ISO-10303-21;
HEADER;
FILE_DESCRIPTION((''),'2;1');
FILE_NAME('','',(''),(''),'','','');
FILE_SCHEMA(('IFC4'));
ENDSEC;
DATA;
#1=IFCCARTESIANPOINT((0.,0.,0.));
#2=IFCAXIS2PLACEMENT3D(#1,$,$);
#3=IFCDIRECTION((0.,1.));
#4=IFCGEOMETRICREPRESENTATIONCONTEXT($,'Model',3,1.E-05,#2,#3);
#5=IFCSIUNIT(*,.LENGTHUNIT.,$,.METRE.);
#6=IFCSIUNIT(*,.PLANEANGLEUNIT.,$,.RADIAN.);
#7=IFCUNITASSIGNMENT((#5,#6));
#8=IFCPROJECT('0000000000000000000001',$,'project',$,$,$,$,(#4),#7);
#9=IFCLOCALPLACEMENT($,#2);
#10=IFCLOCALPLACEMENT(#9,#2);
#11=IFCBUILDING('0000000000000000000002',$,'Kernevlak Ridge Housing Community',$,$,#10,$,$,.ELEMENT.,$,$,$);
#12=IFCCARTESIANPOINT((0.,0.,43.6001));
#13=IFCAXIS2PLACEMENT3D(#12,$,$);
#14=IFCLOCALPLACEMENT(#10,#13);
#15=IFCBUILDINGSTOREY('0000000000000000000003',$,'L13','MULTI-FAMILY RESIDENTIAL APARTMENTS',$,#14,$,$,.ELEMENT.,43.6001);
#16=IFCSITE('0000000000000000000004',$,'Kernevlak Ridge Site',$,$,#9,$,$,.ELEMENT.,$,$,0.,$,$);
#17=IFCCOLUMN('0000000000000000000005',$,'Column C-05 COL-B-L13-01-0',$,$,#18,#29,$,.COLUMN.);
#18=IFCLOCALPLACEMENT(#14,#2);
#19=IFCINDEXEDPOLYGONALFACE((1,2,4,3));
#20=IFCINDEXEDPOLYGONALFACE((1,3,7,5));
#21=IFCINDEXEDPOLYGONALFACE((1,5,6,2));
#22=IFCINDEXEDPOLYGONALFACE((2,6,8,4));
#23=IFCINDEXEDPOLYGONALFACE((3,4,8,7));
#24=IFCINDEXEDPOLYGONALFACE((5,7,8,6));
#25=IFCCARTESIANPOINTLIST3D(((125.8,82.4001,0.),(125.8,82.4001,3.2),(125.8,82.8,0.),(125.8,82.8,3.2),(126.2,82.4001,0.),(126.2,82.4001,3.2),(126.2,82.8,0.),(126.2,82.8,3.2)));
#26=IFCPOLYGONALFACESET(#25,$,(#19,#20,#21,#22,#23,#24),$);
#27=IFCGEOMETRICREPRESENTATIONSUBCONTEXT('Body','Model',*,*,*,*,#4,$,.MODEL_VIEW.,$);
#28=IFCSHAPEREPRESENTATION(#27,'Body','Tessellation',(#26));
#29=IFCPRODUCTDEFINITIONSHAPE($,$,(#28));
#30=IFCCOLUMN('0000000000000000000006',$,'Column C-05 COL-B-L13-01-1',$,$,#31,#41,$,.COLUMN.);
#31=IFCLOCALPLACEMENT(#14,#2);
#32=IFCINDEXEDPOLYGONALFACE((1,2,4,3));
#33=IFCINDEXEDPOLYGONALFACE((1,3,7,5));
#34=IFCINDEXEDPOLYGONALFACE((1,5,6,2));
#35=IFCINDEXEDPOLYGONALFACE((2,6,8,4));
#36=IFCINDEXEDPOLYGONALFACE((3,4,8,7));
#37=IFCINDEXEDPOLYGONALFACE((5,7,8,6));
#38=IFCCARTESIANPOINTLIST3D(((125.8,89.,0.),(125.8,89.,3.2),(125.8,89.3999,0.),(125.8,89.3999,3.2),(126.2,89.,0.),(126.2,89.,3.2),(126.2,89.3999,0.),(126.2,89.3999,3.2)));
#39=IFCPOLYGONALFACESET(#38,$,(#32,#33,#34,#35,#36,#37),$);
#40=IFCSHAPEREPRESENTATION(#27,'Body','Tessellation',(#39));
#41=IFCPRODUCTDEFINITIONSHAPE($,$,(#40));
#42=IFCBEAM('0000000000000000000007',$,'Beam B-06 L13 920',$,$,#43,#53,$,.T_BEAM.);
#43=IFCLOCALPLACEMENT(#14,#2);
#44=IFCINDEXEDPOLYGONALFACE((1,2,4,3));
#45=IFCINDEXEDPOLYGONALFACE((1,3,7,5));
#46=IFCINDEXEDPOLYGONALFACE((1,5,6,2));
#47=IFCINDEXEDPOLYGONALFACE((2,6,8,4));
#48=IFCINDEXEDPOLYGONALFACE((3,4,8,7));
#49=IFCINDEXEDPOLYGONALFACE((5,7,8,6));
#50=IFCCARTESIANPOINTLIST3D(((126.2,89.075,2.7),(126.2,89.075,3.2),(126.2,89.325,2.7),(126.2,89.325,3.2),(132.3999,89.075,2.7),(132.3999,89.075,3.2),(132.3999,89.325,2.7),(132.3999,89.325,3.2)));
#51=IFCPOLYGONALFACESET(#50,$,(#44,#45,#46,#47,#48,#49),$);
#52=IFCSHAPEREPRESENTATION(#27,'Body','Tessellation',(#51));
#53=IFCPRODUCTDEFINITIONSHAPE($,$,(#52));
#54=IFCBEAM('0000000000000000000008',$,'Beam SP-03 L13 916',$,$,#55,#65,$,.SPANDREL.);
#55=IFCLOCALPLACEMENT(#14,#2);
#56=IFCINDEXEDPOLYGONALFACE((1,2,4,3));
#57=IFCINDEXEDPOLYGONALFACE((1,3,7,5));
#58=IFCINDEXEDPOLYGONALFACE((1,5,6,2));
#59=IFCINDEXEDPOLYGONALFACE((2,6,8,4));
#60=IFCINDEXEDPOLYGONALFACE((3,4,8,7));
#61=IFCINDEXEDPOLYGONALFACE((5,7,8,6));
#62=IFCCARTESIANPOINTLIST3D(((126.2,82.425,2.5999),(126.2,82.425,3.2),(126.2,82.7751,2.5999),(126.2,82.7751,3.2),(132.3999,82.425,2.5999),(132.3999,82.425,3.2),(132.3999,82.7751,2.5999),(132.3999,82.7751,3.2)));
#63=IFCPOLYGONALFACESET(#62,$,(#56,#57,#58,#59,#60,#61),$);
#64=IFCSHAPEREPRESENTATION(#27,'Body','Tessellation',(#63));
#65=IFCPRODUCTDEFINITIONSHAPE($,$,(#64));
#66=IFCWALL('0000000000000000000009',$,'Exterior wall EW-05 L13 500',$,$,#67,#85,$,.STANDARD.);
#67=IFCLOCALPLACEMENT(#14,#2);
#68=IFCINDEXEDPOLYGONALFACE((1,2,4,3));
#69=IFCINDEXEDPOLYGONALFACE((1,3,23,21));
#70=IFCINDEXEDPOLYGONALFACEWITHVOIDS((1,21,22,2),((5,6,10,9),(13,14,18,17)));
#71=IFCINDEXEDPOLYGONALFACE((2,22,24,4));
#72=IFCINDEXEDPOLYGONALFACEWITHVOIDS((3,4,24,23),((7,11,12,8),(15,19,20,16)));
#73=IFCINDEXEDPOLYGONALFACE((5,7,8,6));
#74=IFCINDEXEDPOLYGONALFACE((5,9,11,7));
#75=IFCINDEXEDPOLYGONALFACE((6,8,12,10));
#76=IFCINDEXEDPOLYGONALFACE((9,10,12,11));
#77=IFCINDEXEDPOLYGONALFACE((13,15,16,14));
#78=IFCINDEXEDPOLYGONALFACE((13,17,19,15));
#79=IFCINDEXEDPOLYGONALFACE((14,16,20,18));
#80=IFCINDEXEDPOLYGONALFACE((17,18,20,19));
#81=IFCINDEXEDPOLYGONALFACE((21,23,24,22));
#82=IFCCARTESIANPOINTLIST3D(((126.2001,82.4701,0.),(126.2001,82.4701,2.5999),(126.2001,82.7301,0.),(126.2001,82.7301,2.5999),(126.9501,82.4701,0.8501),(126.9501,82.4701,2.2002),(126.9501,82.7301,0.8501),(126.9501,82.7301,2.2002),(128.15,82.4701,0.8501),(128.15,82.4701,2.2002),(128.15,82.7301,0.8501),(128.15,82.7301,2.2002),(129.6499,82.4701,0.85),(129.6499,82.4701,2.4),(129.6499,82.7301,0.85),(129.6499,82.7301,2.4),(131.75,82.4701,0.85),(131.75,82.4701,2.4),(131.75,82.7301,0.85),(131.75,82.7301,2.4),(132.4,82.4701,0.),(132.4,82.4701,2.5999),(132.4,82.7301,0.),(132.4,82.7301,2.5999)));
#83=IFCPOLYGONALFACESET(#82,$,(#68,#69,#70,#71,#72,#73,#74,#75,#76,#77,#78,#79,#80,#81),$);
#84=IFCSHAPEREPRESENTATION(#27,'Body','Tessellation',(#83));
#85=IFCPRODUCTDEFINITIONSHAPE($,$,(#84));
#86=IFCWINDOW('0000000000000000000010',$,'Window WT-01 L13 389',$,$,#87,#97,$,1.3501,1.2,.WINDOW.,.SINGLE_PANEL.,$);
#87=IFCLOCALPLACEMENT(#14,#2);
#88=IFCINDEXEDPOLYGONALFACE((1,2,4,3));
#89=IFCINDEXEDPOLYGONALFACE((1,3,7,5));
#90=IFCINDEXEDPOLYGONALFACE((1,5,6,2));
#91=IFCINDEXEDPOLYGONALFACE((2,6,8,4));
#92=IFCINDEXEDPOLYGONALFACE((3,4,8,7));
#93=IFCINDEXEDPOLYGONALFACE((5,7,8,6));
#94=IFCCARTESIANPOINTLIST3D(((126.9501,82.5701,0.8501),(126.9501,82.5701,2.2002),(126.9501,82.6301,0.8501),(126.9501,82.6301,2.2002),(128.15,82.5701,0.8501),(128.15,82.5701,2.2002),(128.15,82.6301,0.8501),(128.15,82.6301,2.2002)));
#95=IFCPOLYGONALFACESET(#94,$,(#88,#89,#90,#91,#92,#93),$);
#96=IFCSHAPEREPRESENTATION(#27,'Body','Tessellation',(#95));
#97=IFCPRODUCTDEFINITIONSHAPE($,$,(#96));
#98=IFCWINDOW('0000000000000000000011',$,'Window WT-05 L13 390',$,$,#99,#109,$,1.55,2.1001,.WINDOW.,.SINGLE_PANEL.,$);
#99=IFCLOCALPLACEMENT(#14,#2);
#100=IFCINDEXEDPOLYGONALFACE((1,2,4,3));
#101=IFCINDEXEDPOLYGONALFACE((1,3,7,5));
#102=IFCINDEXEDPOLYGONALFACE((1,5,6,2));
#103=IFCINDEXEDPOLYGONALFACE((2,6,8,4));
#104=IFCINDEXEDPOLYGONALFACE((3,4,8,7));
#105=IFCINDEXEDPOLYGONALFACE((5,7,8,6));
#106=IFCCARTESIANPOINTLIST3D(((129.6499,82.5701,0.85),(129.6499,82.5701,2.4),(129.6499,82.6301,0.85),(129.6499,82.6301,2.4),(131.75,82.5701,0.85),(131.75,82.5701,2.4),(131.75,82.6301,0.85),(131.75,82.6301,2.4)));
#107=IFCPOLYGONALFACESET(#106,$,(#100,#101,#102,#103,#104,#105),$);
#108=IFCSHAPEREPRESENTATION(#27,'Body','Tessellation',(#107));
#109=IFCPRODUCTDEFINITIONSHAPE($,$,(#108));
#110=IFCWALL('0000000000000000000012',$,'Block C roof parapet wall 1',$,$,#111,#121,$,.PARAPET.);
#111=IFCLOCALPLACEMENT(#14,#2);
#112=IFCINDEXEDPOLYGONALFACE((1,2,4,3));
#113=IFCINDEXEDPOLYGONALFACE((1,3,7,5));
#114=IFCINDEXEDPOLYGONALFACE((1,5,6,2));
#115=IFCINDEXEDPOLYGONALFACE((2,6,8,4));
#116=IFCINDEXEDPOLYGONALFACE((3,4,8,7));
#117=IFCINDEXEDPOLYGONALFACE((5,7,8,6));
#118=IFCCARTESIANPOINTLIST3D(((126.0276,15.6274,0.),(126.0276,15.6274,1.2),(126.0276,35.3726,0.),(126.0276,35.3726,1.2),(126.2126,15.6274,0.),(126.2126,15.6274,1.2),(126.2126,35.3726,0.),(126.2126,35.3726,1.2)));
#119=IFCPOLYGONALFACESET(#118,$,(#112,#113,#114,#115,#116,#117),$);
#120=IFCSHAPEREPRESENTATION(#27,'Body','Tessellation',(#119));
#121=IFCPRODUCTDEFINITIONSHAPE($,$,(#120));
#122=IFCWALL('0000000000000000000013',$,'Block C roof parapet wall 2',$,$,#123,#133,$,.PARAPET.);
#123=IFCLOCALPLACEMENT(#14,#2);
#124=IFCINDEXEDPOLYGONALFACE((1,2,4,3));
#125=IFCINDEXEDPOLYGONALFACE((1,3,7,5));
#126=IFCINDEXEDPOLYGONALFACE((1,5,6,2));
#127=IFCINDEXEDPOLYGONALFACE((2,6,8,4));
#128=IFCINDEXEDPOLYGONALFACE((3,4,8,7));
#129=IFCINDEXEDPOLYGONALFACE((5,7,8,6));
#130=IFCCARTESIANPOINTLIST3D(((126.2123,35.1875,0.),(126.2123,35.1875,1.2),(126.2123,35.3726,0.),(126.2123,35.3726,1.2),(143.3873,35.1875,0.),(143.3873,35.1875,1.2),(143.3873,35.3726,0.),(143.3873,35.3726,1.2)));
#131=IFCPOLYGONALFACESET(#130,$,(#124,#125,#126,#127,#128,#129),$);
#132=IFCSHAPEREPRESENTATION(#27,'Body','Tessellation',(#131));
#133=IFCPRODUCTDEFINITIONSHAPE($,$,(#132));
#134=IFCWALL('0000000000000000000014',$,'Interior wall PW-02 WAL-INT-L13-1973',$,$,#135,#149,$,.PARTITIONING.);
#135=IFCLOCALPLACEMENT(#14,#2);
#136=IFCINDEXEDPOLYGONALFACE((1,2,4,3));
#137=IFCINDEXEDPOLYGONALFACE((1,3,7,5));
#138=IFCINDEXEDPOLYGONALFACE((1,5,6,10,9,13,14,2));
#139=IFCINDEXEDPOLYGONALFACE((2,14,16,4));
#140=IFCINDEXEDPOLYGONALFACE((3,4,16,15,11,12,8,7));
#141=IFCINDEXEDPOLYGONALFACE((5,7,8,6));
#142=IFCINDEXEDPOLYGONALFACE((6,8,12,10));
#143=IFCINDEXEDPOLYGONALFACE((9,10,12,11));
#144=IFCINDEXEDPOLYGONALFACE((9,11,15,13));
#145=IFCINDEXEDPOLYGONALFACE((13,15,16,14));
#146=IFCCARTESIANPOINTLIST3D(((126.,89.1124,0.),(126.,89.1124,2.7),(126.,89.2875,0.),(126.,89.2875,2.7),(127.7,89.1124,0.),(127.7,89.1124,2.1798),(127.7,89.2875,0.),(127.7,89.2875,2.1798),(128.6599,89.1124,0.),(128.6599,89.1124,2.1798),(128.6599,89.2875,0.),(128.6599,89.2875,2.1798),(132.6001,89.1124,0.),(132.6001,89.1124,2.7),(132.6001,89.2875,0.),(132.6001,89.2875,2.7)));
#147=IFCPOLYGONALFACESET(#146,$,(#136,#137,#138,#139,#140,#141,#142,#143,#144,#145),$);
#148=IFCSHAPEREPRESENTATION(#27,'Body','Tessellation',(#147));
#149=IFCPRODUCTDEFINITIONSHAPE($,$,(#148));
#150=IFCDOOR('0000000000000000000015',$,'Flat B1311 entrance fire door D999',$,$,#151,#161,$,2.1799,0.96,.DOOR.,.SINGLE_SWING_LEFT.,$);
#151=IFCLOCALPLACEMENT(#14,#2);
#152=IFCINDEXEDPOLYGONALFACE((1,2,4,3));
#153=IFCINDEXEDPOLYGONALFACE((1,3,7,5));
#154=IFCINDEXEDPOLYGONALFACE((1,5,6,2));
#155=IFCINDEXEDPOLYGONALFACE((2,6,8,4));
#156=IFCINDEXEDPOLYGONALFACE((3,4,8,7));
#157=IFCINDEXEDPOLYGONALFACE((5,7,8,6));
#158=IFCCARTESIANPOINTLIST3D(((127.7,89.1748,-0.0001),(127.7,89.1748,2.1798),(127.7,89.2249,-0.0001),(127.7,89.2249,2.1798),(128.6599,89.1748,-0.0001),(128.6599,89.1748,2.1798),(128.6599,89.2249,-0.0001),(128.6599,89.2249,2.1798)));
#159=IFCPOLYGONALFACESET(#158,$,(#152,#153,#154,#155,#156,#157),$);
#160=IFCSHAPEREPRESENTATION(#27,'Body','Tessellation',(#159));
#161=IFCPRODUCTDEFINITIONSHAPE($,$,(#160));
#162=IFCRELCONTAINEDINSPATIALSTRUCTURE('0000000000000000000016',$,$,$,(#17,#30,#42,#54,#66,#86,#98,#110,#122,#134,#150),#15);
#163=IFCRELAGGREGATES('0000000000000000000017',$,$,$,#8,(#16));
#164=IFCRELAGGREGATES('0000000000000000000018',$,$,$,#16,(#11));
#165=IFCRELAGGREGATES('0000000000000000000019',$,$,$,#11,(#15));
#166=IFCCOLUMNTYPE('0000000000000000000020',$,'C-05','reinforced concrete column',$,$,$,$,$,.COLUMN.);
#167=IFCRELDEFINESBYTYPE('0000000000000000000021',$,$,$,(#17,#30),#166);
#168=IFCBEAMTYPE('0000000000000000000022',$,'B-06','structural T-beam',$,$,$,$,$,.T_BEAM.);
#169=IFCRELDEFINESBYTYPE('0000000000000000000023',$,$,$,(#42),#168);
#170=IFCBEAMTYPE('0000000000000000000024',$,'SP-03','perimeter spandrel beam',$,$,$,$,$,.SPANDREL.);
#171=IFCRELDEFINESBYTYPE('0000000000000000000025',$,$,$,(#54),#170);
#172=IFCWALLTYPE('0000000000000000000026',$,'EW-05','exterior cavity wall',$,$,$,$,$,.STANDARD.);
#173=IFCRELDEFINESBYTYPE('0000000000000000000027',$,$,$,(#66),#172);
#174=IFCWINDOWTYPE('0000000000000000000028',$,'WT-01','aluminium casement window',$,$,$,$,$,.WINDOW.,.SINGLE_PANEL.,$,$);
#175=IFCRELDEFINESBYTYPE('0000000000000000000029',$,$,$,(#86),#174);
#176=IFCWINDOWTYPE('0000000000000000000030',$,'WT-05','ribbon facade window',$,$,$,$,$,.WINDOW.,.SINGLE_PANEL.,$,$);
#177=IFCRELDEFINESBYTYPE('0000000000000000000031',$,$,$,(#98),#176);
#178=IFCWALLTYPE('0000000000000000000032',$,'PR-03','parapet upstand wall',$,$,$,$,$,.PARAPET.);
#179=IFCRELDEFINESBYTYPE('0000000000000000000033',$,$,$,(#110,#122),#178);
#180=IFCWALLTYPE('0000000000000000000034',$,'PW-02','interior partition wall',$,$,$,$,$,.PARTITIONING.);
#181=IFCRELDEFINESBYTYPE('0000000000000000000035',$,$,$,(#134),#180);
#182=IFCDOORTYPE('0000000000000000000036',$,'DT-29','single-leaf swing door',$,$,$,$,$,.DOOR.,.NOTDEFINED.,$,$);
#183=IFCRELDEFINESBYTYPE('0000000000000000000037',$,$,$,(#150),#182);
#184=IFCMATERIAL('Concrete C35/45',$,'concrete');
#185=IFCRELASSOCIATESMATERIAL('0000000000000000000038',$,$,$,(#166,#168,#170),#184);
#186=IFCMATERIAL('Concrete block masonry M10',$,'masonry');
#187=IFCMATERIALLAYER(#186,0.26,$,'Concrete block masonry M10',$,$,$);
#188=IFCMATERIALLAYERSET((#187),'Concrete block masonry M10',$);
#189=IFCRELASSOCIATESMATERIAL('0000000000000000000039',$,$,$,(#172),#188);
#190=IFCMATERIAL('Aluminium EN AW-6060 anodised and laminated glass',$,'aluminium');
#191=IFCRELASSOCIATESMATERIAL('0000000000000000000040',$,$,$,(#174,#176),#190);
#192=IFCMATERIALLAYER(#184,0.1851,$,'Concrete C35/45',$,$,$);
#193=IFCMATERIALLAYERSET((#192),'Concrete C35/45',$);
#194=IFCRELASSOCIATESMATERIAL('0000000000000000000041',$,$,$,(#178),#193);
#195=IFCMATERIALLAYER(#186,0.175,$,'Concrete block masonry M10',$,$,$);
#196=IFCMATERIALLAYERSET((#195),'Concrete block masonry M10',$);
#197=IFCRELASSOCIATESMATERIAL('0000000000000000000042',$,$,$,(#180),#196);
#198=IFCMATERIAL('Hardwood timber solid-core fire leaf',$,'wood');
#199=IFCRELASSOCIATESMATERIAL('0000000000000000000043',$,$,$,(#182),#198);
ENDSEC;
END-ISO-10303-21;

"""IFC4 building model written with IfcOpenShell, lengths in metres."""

from ifc_helpers import new_model, si_unit, direction, frame, frame_2d, origin, origin_2d, place, context, subcontext, project, spatial, rectangle, extrude, material, layer, layer_set, material_profile, profile_set, type_object, element, fill, save


model = new_model("IFC4")

# Units and contexts
model_context = context("Model", 3, precision=1e-05, world=origin(), true_north=direction((0.0, 1.0)))
body_context = subcontext(model_context, "Body", "Model", "MODEL_VIEW")
ifc_project = project(units=[si_unit("LENGTHUNIT", "METRE"), si_unit("PLANEANGLEUNIT", "RADIAN")], contexts=[model_context])

# Site, building, storey
site_placement = place(None, origin())
site = spatial("IfcSite", under=ifc_project, at=site_placement, Name="Kernevlak Ridge Site", CompositionType="ELEMENT", RefElevation=0.0)
building_placement = place(site_placement, origin())
building = spatial("IfcBuilding", under=site, at=building_placement, Name="Kernevlak Ridge Housing Community", CompositionType="ELEMENT")
storey_placement = place(building_placement, frame((0.0, 0.0, 43.6001)))
storey = spatial("IfcBuildingStorey", under=building, at=storey_placement, Name="L13", Description="MULTI-FAMILY RESIDENTIAL APARTMENTS", CompositionType="ELEMENT", Elevation=43.6001)

# Columns
ifc_material_1 = material(Name="Concrete C35/45", Category="concrete")
ifc_material_profile_1 = material_profile(ifc_material_1, rectangle(XDim=0.3999, YDim=0.3999, at=origin_2d()), Name="RC 400x400")
ifc_profile_set_1 = profile_set([ifc_material_profile_1], Name="Concrete C35/45")
column_type = type_object("IfcColumnType", Name="C-05", Description="reinforced concrete column", PredefinedType="COLUMN", material=ifc_profile_set_1)
for number, where, z_axis, x_axis, name in (
    (1, (126.0, 82.6001, 0.0), (0.0, 0.0, 1.0), (1.0, 0.0, 0.0), "Column C-05 COL-B-L13-01-0"),
    (2, (126.0, 89.2, 0.0), (0.0, 0.0, 1.0), (1.0, 0.0, 0.0), "Column C-05 COL-B-L13-01-1"),
):
    element("IfcColumn", number, at=place(storey_placement, frame(where, z_axis=z_axis, x_axis=x_axis)), inside=storey, type_object=column_type, Name=name, PredefinedType="COLUMN", context=body_context, shape_type="SweptSolid", body=[
        extrude(rectangle(XDim=0.3999, YDim=0.3999, at=origin_2d()), origin(), (0.0, 0.0, 1.0), 3.2),
    ])

# Beams
ifc_material_profile_2 = material_profile(ifc_material_1, rectangle(XDim=0.25, YDim=0.5, at=origin_2d()), Name="RC 250x500")
ifc_profile_set_2 = profile_set([ifc_material_profile_2], Name="Concrete C35/45")
beam_type_1 = type_object("IfcBeamType", Name="B-06", Description="structural T-beam", PredefinedType="T_BEAM", material=ifc_profile_set_2)
beam_1_placement = place(storey_placement, frame((126.2, 89.2, 2.95), z_axis=(1.0, 0.0, 0.0), x_axis=(0.0, 1.0, 0.0)))
element("IfcBeam", 3, at=beam_1_placement, inside=storey, type_object=beam_type_1, Name="Beam B-06 L13 920", PredefinedType="T_BEAM", context=body_context, shape_type="SweptSolid", body=[
    extrude(rectangle(XDim=0.25, YDim=0.5, at=origin_2d()), origin(), (0.0, 0.0, 1.0), 6.2),
])
ifc_material_profile_3 = material_profile(ifc_material_1, rectangle(XDim=0.3501, YDim=0.6001, at=origin_2d()), Name="RC 350x600")
ifc_profile_set_3 = profile_set([ifc_material_profile_3], Name="Concrete C35/45")
beam_type_2 = type_object("IfcBeamType", Name="SP-03", Description="perimeter spandrel beam", PredefinedType="SPANDREL", material=ifc_profile_set_3)
beam_2_placement = place(storey_placement, frame((126.2, 82.6001, 2.8999), z_axis=(1.0, 0.0, 0.0), x_axis=(0.0, 1.0, 0.0)))
element("IfcBeam", 4, at=beam_2_placement, inside=storey, type_object=beam_type_2, Name="Beam SP-03 L13 916", PredefinedType="SPANDREL", context=body_context, shape_type="SweptSolid", body=[
    extrude(rectangle(XDim=0.3501, YDim=0.6001, at=origin_2d()), origin(), (0.0, 0.0, 1.0), 6.2),
])

# Wall, openings, windows
ifc_material_2 = material(Name="Concrete block masonry M10", Category="masonry")
ifc_layer_1 = layer(ifc_material_2, 0.26, Name="Concrete block masonry M10")
ifc_layer_set_1 = layer_set([ifc_layer_1], Name="Concrete block masonry M10")
wall_type_1 = type_object("IfcWallType", Name="EW-05", Description="exterior cavity wall", PredefinedType="STANDARD", material=ifc_layer_set_1)
wall_1_placement = place(storey_placement, frame((126.2, 82.6001, 0.0), z_axis=(0.0, 0.0, 1.0), x_axis=(1.0, 0.0, 0.0)))
wall_1 = element("IfcWall", 5, at=wall_1_placement, inside=storey, type_object=wall_type_1, Name="Exterior wall EW-05 L13 500", PredefinedType="STANDARD", context=body_context, shape_type="SweptSolid", body=[
    extrude(rectangle(XDim=6.2, YDim=0.26, at=frame_2d((3.1001, 0.0))), origin(), (0.0, 0.0, 1.0), 2.5999),
])
opening_1_placement = place(wall_1_placement, frame((0.75, 0.0, 0.8501)))
opening_1 = element("IfcOpeningElement", 6, at=opening_1_placement, cuts=wall_1, PredefinedType="OPENING", context=body_context, shape_type="SweptSolid", body=[
    extrude(rectangle(XDim=1.2, YDim=1.3501, at=frame_2d((0.6001, 0.675))), frame((0.0, 0.1399, 0.0), z_axis=(0.0, -1.0, 0.0), x_axis=(1.0, 0.0, 0.0)), (0.0, 0.0, 1.0), 0.28),
])
opening_2_placement = place(wall_1_placement, frame((3.45, 0.0, 0.8501)))
opening_2 = element("IfcOpeningElement", 7, at=opening_2_placement, cuts=wall_1, PredefinedType="OPENING", context=body_context, shape_type="SweptSolid", body=[
    extrude(rectangle(XDim=2.1001, YDim=1.55, at=frame_2d((1.05, 0.7749))), frame((0.0, 0.1399, 0.0), z_axis=(0.0, -1.0, 0.0), x_axis=(1.0, 0.0, 0.0)), (0.0, 0.0, 1.0), 0.28),
])
ifc_material_3 = material(Name="Aluminium EN AW-6060 anodised and laminated glass", Category="aluminium")
window_type_1 = type_object("IfcWindowType", Name="WT-01", Description="aluminium casement window", PartitioningType="SINGLE_PANEL", PredefinedType="WINDOW", material=ifc_material_3)
window_1_placement = place(opening_1_placement, origin())
window_1 = element("IfcWindow", 8, at=window_1_placement, inside=storey, type_object=window_type_1, Name="Window WT-01 L13 389", OverallHeight=1.3501, OverallWidth=1.2, PartitioningType="SINGLE_PANEL", PredefinedType="WINDOW", context=body_context, shape_type="SweptSolid", body=[
    extrude(rectangle(XDim=1.2, YDim=1.3501, at=frame_2d((0.6001, 0.675))), frame((0.0, 0.03, 0.0), z_axis=(0.0, -1.0, 0.0), x_axis=(1.0, 0.0, 0.0)), (0.0, 0.0, 1.0), 0.0601),
])
fill(opening_1, window_1)
window_type_2 = type_object("IfcWindowType", Name="WT-05", Description="ribbon facade window", PartitioningType="SINGLE_PANEL", PredefinedType="WINDOW", material=ifc_material_3)
window_2_placement = place(opening_2_placement, origin())
window_2 = element("IfcWindow", 9, at=window_2_placement, inside=storey, type_object=window_type_2, Name="Window WT-05 L13 390", OverallHeight=1.55, OverallWidth=2.1001, PartitioningType="SINGLE_PANEL", PredefinedType="WINDOW", context=body_context, shape_type="SweptSolid", body=[
    extrude(rectangle(XDim=2.1001, YDim=1.55, at=frame_2d((1.05, 0.7749))), frame((0.0, 0.03, 0.0), z_axis=(0.0, -1.0, 0.0), x_axis=(1.0, 0.0, 0.0)), (0.0, 0.0, 1.0), 0.0601),
])
fill(opening_2, window_2)

# Walls
ifc_layer_2 = layer(ifc_material_1, 0.1851, Name="Concrete C35/45")
ifc_layer_set_2 = layer_set([ifc_layer_2], Name="Concrete C35/45")
wall_type_2 = type_object("IfcWallType", Name="PR-03", Description="parapet upstand wall", PredefinedType="PARAPET", material=ifc_layer_set_2)
wall_2_placement = place(storey_placement, frame((126.1201, 15.6274, 0.0), z_axis=(0.0, 0.0, 1.0), x_axis=(0.0, 1.0, 0.0)))
element("IfcWall", 10, at=wall_2_placement, inside=storey, type_object=wall_type_2, Name="Block C roof parapet wall 1", PredefinedType="PARAPET", context=body_context, shape_type="SweptSolid", body=[
    extrude(rectangle(XDim=19.7451, YDim=0.1851, at=frame_2d((9.8726, 0.0))), origin(), (0.0, 0.0, 1.0), 1.2),
])
wall_3_placement = place(storey_placement, frame((126.2124, 35.28, 0.0), z_axis=(0.0, 0.0, 1.0), x_axis=(1.0, 0.0, 0.0)))
element("IfcWall", 11, at=wall_3_placement, inside=storey, type_object=wall_type_2, Name="Block C roof parapet wall 2", PredefinedType="PARAPET", context=body_context, shape_type="SweptSolid", body=[
    extrude(rectangle(XDim=17.175, YDim=0.1851, at=frame_2d((8.5874, 0.0))), origin(), (0.0, 0.0, 1.0), 1.2),
])

# Wall, opening, door
ifc_layer_3 = layer(ifc_material_2, 0.175, Name="Concrete block masonry M10")
ifc_layer_set_3 = layer_set([ifc_layer_3], Name="Concrete block masonry M10")
wall_type_3 = type_object("IfcWallType", Name="PW-02", Description="interior partition wall", PredefinedType="PARTITIONING", material=ifc_layer_set_3)
wall_4_placement = place(storey_placement, frame((126.0, 89.2, 0.0), z_axis=(0.0, 0.0, 1.0), x_axis=(1.0, 0.0, 0.0)))
wall_4 = element("IfcWall", 12, at=wall_4_placement, inside=storey, type_object=wall_type_3, Name="Interior wall PW-02 WAL-INT-L13-1973", PredefinedType="PARTITIONING", context=body_context, shape_type="SweptSolid", body=[
    extrude(rectangle(XDim=6.6001, YDim=0.175, at=frame_2d((3.3, 0.0))), origin(), (0.0, 0.0, 1.0), 2.7),
])
opening_3_placement = place(wall_4_placement, frame((1.7, 0.0, 0.0)))
opening_3 = element("IfcOpeningElement", 13, at=opening_3_placement, cuts=wall_4, PredefinedType="OPENING", context=body_context, shape_type="SweptSolid", body=[
    extrude(rectangle(XDim=0.96, YDim=2.1799, at=frame_2d((0.48, 1.0898))), frame((0.0, 0.0974, 0.0), z_axis=(0.0, -1.0, 0.0), x_axis=(1.0, 0.0, 0.0)), (0.0, 0.0, 1.0), 0.1951),
])
ifc_material_4 = material(Name="Hardwood timber solid-core fire leaf", Category="wood")
door_type_1 = type_object("IfcDoorType", Name="DT-29", Description="single-leaf swing door", OperationType="NOTDEFINED", PredefinedType="DOOR", material=ifc_material_4)
door_1_placement = place(opening_3_placement, origin())
door_1 = element("IfcDoor", 14, at=door_1_placement, inside=storey, type_object=door_type_1, Name="Flat B1311 entrance fire door D999", OperationType="SINGLE_SWING_LEFT", OverallHeight=2.1799, OverallWidth=0.96, PredefinedType="DOOR", context=body_context, shape_type="SweptSolid", body=[
    extrude(rectangle(XDim=0.96, YDim=2.1799, at=frame_2d((0.48, 1.0898))), frame((0.0, 0.0249, 0.0), z_axis=(0.0, -1.0, 0.0), x_axis=(1.0, 0.0, 0.0)), (0.0, 0.0, 1.0), 0.05),
])
fill(opening_3, door_1)

save(model, "model.ifc")
